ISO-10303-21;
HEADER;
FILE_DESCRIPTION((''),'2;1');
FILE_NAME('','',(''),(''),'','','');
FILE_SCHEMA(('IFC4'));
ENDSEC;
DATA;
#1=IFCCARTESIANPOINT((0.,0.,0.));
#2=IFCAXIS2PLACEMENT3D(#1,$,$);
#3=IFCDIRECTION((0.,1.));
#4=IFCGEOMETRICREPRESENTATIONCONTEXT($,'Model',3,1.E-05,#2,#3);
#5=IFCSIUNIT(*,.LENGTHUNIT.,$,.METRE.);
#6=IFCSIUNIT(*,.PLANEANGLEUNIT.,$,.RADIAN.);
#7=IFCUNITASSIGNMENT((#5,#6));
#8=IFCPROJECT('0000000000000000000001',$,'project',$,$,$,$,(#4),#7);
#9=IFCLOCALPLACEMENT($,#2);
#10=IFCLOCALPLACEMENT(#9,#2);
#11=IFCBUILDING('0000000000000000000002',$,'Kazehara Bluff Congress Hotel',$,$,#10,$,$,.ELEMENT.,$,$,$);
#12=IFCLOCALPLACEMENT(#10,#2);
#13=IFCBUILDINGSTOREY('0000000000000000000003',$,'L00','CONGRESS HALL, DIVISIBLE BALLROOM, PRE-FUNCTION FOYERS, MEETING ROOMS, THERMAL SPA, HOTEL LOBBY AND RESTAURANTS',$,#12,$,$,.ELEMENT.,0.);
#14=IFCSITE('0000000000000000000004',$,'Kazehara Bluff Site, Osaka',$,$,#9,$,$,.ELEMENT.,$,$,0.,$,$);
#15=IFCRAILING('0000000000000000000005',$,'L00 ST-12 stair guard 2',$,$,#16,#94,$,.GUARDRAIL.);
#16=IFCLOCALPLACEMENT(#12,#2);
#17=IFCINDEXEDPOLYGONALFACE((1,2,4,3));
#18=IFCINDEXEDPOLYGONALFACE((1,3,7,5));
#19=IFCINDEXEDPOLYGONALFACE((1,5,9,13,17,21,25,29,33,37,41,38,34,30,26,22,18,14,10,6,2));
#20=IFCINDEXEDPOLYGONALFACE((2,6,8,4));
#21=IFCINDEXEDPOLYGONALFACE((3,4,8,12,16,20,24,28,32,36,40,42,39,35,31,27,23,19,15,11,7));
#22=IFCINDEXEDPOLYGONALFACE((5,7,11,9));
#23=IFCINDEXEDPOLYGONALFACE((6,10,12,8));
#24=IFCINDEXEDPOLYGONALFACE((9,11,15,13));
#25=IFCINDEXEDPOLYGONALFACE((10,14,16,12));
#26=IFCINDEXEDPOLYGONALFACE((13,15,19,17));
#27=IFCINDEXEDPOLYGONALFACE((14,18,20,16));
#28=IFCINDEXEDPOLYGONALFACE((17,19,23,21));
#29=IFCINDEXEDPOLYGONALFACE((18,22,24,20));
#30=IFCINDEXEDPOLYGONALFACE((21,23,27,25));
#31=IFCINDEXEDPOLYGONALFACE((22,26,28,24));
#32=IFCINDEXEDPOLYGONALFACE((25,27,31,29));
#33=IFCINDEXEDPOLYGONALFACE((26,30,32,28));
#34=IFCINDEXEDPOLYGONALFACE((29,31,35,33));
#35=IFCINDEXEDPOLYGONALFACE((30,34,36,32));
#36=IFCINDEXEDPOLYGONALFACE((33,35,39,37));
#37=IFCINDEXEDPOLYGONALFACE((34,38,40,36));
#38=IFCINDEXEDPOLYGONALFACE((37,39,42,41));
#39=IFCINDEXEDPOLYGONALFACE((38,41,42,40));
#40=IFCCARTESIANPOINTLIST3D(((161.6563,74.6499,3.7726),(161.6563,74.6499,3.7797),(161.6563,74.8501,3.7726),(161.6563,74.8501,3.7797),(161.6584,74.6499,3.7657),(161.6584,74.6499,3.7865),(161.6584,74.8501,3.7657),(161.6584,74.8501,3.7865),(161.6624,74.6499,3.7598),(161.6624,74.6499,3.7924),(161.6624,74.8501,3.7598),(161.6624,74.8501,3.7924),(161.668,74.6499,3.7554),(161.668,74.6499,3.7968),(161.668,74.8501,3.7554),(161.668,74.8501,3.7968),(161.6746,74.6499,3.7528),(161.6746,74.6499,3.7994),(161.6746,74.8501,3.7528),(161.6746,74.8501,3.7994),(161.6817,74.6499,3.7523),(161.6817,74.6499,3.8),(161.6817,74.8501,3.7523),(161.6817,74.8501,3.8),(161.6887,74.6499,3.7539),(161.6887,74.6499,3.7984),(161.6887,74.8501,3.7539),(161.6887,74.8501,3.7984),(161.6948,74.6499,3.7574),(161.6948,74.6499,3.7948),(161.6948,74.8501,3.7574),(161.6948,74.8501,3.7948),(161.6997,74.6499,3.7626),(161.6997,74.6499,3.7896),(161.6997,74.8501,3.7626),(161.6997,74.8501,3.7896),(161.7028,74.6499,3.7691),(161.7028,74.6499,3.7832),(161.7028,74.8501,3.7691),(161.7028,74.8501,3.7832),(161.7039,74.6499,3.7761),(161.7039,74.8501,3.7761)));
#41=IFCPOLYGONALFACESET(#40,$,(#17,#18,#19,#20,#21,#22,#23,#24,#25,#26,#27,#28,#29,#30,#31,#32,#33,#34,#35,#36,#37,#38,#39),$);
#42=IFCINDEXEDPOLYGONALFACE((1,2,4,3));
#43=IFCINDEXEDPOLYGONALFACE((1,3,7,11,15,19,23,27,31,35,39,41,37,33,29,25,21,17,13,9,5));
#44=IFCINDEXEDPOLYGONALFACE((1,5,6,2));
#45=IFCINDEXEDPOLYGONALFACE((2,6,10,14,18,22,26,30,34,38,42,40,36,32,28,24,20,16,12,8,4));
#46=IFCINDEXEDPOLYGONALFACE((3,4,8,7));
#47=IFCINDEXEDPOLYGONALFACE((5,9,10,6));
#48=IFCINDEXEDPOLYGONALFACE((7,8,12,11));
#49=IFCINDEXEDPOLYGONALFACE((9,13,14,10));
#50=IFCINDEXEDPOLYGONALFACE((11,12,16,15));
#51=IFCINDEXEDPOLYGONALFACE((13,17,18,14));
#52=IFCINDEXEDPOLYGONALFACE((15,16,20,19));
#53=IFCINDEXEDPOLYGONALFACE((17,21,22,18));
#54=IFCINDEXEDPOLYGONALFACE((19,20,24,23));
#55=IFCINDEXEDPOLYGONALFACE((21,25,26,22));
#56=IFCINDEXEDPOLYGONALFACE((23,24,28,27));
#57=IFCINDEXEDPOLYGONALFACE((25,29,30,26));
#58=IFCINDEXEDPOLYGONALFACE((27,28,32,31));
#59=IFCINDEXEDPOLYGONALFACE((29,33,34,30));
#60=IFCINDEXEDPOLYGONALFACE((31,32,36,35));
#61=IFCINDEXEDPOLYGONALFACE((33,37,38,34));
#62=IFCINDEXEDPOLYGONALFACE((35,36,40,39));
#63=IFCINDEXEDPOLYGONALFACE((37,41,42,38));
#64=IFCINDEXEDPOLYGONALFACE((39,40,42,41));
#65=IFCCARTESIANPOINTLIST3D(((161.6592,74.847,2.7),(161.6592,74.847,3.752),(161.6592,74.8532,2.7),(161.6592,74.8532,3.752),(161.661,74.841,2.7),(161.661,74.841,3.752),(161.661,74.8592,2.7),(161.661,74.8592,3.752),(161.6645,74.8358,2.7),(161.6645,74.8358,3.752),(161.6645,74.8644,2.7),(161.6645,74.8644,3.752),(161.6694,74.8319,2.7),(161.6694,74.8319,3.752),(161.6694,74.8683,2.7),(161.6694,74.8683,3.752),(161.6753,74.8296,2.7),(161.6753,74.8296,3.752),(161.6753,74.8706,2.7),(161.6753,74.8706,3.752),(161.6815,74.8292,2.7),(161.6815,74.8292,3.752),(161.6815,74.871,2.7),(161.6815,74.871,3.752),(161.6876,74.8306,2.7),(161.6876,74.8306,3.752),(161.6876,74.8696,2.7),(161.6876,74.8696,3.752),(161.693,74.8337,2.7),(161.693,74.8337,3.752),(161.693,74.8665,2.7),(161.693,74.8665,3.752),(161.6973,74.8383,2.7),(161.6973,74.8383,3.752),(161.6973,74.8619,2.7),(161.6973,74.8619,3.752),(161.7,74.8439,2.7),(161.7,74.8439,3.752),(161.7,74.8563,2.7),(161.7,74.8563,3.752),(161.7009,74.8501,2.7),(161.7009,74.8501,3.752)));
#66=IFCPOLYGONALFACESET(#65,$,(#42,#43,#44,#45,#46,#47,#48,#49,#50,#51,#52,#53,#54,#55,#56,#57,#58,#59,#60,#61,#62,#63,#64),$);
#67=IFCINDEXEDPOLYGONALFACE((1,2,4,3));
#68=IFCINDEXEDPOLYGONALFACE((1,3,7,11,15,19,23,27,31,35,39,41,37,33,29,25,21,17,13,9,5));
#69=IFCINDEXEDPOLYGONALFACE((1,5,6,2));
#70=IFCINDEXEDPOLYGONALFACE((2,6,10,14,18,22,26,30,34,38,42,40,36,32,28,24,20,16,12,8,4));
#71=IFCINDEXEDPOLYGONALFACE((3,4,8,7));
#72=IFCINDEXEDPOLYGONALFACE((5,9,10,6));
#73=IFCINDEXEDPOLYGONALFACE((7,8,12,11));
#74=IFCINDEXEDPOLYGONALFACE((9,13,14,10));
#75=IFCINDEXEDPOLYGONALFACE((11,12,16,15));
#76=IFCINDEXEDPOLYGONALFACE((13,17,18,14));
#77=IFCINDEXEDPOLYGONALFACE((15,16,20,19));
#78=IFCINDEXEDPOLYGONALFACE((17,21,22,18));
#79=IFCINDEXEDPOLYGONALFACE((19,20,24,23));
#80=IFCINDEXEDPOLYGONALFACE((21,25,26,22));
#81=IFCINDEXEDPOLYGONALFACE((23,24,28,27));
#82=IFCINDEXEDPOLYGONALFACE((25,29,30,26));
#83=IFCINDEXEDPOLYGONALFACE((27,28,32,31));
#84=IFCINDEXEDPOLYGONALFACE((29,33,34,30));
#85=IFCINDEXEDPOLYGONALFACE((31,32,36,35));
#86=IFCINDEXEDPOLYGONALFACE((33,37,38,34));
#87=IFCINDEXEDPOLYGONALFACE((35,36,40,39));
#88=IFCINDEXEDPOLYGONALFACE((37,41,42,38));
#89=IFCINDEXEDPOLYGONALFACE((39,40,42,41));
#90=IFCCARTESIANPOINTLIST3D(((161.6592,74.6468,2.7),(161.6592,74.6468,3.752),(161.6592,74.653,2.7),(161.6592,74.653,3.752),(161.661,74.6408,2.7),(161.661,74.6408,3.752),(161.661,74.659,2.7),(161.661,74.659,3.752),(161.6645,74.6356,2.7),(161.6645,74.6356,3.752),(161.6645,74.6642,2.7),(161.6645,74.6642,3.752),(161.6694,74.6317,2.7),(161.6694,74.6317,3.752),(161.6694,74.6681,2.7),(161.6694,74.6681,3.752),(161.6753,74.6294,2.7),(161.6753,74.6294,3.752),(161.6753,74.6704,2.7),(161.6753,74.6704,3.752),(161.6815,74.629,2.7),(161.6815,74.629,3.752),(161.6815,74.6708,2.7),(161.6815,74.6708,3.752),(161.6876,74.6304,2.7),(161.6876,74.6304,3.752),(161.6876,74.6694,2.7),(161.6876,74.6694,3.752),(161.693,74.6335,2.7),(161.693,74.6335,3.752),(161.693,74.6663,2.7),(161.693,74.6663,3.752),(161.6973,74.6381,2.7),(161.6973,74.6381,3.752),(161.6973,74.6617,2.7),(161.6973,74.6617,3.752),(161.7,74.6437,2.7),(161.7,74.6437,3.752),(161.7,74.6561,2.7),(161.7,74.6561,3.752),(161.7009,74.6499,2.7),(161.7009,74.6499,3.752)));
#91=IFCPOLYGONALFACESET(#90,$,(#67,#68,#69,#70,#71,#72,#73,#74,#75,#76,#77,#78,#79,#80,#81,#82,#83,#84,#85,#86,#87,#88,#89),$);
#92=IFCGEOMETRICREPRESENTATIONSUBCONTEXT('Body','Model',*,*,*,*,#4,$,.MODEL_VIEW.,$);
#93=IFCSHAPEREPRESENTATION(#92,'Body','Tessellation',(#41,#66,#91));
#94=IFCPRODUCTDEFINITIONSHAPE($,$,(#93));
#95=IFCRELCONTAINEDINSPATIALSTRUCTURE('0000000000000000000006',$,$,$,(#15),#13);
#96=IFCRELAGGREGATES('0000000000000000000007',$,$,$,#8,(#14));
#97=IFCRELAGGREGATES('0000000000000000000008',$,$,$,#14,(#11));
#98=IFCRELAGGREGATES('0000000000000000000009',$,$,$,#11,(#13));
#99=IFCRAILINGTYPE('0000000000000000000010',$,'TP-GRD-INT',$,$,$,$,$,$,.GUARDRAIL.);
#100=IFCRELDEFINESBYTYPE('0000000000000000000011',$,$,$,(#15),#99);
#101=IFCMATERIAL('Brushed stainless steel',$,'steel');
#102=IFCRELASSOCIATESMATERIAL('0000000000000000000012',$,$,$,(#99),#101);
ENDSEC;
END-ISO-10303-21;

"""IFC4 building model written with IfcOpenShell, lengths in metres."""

from ifc_helpers import new_model, si_unit, direction, frame, origin, origin_2d, place, context, subcontext, project, spatial, circle, extrude, material, type_object, element, save


model = new_model("IFC4")

# Units and contexts
model_context = context("Model", 3, precision=1e-05, world=origin(), true_north=direction((0.0, 1.0)))
body_context = subcontext(model_context, "Body", "Model", "MODEL_VIEW")
ifc_project = project(units=[si_unit("LENGTHUNIT", "METRE"), si_unit("PLANEANGLEUNIT", "RADIAN")], contexts=[model_context])

# Site, building, storey
site_placement = place(None, origin())
site = spatial("IfcSite", under=ifc_project, at=site_placement, Name="Kazehara Bluff Site, Osaka", CompositionType="ELEMENT", RefElevation=0.0)
building_placement = place(site_placement, origin())
building = spatial("IfcBuilding", under=site, at=building_placement, Name="Kazehara Bluff Congress Hotel", CompositionType="ELEMENT")
storey_placement = place(building_placement, origin())
storey = spatial("IfcBuildingStorey", under=building, at=storey_placement, Name="L00", Description="CONGRESS HALL, DIVISIBLE BALLROOM, PRE-FUNCTION FOYERS, MEETING ROOMS, THERMAL SPA, HOTEL LOBBY AND RESTAURANTS", CompositionType="ELEMENT", Elevation=0.0)

# Railing
ifc_material_1 = material(Name="Brushed stainless steel", Category="steel")
railing_type_1 = type_object("IfcRailingType", Name="TP-GRD-INT", PredefinedType="GUARDRAIL", material=ifc_material_1)
railing_1_placement = place(storey_placement, frame((161.6799, 74.8501, 2.7)))
element("IfcRailing", 1, at=railing_1_placement, inside=storey, type_object=railing_type_1, Name="L00 ST-12 stair guard 2", PredefinedType="GUARDRAIL", context=body_context, shape_type="SweptSolid", body=[
    extrude(circle(Radius=0.0239, at=origin_2d()), frame((0.0, 0.0, 1.0762), z_axis=(0.0, -1.0, 0.0), x_axis=(1.0, 0.0, 0.0)), (0.0, 0.0, 1.0), 0.2002),
    extrude(circle(Radius=0.021, at=origin_2d()), origin(), (0.0, 0.0, 1.0), 1.052),
    extrude(circle(Radius=0.021, at=origin_2d()), frame((0.0, -0.2002, 0.0)), (0.0, 0.0, 1.0), 1.052),
])

save(model, "model.ifc")
